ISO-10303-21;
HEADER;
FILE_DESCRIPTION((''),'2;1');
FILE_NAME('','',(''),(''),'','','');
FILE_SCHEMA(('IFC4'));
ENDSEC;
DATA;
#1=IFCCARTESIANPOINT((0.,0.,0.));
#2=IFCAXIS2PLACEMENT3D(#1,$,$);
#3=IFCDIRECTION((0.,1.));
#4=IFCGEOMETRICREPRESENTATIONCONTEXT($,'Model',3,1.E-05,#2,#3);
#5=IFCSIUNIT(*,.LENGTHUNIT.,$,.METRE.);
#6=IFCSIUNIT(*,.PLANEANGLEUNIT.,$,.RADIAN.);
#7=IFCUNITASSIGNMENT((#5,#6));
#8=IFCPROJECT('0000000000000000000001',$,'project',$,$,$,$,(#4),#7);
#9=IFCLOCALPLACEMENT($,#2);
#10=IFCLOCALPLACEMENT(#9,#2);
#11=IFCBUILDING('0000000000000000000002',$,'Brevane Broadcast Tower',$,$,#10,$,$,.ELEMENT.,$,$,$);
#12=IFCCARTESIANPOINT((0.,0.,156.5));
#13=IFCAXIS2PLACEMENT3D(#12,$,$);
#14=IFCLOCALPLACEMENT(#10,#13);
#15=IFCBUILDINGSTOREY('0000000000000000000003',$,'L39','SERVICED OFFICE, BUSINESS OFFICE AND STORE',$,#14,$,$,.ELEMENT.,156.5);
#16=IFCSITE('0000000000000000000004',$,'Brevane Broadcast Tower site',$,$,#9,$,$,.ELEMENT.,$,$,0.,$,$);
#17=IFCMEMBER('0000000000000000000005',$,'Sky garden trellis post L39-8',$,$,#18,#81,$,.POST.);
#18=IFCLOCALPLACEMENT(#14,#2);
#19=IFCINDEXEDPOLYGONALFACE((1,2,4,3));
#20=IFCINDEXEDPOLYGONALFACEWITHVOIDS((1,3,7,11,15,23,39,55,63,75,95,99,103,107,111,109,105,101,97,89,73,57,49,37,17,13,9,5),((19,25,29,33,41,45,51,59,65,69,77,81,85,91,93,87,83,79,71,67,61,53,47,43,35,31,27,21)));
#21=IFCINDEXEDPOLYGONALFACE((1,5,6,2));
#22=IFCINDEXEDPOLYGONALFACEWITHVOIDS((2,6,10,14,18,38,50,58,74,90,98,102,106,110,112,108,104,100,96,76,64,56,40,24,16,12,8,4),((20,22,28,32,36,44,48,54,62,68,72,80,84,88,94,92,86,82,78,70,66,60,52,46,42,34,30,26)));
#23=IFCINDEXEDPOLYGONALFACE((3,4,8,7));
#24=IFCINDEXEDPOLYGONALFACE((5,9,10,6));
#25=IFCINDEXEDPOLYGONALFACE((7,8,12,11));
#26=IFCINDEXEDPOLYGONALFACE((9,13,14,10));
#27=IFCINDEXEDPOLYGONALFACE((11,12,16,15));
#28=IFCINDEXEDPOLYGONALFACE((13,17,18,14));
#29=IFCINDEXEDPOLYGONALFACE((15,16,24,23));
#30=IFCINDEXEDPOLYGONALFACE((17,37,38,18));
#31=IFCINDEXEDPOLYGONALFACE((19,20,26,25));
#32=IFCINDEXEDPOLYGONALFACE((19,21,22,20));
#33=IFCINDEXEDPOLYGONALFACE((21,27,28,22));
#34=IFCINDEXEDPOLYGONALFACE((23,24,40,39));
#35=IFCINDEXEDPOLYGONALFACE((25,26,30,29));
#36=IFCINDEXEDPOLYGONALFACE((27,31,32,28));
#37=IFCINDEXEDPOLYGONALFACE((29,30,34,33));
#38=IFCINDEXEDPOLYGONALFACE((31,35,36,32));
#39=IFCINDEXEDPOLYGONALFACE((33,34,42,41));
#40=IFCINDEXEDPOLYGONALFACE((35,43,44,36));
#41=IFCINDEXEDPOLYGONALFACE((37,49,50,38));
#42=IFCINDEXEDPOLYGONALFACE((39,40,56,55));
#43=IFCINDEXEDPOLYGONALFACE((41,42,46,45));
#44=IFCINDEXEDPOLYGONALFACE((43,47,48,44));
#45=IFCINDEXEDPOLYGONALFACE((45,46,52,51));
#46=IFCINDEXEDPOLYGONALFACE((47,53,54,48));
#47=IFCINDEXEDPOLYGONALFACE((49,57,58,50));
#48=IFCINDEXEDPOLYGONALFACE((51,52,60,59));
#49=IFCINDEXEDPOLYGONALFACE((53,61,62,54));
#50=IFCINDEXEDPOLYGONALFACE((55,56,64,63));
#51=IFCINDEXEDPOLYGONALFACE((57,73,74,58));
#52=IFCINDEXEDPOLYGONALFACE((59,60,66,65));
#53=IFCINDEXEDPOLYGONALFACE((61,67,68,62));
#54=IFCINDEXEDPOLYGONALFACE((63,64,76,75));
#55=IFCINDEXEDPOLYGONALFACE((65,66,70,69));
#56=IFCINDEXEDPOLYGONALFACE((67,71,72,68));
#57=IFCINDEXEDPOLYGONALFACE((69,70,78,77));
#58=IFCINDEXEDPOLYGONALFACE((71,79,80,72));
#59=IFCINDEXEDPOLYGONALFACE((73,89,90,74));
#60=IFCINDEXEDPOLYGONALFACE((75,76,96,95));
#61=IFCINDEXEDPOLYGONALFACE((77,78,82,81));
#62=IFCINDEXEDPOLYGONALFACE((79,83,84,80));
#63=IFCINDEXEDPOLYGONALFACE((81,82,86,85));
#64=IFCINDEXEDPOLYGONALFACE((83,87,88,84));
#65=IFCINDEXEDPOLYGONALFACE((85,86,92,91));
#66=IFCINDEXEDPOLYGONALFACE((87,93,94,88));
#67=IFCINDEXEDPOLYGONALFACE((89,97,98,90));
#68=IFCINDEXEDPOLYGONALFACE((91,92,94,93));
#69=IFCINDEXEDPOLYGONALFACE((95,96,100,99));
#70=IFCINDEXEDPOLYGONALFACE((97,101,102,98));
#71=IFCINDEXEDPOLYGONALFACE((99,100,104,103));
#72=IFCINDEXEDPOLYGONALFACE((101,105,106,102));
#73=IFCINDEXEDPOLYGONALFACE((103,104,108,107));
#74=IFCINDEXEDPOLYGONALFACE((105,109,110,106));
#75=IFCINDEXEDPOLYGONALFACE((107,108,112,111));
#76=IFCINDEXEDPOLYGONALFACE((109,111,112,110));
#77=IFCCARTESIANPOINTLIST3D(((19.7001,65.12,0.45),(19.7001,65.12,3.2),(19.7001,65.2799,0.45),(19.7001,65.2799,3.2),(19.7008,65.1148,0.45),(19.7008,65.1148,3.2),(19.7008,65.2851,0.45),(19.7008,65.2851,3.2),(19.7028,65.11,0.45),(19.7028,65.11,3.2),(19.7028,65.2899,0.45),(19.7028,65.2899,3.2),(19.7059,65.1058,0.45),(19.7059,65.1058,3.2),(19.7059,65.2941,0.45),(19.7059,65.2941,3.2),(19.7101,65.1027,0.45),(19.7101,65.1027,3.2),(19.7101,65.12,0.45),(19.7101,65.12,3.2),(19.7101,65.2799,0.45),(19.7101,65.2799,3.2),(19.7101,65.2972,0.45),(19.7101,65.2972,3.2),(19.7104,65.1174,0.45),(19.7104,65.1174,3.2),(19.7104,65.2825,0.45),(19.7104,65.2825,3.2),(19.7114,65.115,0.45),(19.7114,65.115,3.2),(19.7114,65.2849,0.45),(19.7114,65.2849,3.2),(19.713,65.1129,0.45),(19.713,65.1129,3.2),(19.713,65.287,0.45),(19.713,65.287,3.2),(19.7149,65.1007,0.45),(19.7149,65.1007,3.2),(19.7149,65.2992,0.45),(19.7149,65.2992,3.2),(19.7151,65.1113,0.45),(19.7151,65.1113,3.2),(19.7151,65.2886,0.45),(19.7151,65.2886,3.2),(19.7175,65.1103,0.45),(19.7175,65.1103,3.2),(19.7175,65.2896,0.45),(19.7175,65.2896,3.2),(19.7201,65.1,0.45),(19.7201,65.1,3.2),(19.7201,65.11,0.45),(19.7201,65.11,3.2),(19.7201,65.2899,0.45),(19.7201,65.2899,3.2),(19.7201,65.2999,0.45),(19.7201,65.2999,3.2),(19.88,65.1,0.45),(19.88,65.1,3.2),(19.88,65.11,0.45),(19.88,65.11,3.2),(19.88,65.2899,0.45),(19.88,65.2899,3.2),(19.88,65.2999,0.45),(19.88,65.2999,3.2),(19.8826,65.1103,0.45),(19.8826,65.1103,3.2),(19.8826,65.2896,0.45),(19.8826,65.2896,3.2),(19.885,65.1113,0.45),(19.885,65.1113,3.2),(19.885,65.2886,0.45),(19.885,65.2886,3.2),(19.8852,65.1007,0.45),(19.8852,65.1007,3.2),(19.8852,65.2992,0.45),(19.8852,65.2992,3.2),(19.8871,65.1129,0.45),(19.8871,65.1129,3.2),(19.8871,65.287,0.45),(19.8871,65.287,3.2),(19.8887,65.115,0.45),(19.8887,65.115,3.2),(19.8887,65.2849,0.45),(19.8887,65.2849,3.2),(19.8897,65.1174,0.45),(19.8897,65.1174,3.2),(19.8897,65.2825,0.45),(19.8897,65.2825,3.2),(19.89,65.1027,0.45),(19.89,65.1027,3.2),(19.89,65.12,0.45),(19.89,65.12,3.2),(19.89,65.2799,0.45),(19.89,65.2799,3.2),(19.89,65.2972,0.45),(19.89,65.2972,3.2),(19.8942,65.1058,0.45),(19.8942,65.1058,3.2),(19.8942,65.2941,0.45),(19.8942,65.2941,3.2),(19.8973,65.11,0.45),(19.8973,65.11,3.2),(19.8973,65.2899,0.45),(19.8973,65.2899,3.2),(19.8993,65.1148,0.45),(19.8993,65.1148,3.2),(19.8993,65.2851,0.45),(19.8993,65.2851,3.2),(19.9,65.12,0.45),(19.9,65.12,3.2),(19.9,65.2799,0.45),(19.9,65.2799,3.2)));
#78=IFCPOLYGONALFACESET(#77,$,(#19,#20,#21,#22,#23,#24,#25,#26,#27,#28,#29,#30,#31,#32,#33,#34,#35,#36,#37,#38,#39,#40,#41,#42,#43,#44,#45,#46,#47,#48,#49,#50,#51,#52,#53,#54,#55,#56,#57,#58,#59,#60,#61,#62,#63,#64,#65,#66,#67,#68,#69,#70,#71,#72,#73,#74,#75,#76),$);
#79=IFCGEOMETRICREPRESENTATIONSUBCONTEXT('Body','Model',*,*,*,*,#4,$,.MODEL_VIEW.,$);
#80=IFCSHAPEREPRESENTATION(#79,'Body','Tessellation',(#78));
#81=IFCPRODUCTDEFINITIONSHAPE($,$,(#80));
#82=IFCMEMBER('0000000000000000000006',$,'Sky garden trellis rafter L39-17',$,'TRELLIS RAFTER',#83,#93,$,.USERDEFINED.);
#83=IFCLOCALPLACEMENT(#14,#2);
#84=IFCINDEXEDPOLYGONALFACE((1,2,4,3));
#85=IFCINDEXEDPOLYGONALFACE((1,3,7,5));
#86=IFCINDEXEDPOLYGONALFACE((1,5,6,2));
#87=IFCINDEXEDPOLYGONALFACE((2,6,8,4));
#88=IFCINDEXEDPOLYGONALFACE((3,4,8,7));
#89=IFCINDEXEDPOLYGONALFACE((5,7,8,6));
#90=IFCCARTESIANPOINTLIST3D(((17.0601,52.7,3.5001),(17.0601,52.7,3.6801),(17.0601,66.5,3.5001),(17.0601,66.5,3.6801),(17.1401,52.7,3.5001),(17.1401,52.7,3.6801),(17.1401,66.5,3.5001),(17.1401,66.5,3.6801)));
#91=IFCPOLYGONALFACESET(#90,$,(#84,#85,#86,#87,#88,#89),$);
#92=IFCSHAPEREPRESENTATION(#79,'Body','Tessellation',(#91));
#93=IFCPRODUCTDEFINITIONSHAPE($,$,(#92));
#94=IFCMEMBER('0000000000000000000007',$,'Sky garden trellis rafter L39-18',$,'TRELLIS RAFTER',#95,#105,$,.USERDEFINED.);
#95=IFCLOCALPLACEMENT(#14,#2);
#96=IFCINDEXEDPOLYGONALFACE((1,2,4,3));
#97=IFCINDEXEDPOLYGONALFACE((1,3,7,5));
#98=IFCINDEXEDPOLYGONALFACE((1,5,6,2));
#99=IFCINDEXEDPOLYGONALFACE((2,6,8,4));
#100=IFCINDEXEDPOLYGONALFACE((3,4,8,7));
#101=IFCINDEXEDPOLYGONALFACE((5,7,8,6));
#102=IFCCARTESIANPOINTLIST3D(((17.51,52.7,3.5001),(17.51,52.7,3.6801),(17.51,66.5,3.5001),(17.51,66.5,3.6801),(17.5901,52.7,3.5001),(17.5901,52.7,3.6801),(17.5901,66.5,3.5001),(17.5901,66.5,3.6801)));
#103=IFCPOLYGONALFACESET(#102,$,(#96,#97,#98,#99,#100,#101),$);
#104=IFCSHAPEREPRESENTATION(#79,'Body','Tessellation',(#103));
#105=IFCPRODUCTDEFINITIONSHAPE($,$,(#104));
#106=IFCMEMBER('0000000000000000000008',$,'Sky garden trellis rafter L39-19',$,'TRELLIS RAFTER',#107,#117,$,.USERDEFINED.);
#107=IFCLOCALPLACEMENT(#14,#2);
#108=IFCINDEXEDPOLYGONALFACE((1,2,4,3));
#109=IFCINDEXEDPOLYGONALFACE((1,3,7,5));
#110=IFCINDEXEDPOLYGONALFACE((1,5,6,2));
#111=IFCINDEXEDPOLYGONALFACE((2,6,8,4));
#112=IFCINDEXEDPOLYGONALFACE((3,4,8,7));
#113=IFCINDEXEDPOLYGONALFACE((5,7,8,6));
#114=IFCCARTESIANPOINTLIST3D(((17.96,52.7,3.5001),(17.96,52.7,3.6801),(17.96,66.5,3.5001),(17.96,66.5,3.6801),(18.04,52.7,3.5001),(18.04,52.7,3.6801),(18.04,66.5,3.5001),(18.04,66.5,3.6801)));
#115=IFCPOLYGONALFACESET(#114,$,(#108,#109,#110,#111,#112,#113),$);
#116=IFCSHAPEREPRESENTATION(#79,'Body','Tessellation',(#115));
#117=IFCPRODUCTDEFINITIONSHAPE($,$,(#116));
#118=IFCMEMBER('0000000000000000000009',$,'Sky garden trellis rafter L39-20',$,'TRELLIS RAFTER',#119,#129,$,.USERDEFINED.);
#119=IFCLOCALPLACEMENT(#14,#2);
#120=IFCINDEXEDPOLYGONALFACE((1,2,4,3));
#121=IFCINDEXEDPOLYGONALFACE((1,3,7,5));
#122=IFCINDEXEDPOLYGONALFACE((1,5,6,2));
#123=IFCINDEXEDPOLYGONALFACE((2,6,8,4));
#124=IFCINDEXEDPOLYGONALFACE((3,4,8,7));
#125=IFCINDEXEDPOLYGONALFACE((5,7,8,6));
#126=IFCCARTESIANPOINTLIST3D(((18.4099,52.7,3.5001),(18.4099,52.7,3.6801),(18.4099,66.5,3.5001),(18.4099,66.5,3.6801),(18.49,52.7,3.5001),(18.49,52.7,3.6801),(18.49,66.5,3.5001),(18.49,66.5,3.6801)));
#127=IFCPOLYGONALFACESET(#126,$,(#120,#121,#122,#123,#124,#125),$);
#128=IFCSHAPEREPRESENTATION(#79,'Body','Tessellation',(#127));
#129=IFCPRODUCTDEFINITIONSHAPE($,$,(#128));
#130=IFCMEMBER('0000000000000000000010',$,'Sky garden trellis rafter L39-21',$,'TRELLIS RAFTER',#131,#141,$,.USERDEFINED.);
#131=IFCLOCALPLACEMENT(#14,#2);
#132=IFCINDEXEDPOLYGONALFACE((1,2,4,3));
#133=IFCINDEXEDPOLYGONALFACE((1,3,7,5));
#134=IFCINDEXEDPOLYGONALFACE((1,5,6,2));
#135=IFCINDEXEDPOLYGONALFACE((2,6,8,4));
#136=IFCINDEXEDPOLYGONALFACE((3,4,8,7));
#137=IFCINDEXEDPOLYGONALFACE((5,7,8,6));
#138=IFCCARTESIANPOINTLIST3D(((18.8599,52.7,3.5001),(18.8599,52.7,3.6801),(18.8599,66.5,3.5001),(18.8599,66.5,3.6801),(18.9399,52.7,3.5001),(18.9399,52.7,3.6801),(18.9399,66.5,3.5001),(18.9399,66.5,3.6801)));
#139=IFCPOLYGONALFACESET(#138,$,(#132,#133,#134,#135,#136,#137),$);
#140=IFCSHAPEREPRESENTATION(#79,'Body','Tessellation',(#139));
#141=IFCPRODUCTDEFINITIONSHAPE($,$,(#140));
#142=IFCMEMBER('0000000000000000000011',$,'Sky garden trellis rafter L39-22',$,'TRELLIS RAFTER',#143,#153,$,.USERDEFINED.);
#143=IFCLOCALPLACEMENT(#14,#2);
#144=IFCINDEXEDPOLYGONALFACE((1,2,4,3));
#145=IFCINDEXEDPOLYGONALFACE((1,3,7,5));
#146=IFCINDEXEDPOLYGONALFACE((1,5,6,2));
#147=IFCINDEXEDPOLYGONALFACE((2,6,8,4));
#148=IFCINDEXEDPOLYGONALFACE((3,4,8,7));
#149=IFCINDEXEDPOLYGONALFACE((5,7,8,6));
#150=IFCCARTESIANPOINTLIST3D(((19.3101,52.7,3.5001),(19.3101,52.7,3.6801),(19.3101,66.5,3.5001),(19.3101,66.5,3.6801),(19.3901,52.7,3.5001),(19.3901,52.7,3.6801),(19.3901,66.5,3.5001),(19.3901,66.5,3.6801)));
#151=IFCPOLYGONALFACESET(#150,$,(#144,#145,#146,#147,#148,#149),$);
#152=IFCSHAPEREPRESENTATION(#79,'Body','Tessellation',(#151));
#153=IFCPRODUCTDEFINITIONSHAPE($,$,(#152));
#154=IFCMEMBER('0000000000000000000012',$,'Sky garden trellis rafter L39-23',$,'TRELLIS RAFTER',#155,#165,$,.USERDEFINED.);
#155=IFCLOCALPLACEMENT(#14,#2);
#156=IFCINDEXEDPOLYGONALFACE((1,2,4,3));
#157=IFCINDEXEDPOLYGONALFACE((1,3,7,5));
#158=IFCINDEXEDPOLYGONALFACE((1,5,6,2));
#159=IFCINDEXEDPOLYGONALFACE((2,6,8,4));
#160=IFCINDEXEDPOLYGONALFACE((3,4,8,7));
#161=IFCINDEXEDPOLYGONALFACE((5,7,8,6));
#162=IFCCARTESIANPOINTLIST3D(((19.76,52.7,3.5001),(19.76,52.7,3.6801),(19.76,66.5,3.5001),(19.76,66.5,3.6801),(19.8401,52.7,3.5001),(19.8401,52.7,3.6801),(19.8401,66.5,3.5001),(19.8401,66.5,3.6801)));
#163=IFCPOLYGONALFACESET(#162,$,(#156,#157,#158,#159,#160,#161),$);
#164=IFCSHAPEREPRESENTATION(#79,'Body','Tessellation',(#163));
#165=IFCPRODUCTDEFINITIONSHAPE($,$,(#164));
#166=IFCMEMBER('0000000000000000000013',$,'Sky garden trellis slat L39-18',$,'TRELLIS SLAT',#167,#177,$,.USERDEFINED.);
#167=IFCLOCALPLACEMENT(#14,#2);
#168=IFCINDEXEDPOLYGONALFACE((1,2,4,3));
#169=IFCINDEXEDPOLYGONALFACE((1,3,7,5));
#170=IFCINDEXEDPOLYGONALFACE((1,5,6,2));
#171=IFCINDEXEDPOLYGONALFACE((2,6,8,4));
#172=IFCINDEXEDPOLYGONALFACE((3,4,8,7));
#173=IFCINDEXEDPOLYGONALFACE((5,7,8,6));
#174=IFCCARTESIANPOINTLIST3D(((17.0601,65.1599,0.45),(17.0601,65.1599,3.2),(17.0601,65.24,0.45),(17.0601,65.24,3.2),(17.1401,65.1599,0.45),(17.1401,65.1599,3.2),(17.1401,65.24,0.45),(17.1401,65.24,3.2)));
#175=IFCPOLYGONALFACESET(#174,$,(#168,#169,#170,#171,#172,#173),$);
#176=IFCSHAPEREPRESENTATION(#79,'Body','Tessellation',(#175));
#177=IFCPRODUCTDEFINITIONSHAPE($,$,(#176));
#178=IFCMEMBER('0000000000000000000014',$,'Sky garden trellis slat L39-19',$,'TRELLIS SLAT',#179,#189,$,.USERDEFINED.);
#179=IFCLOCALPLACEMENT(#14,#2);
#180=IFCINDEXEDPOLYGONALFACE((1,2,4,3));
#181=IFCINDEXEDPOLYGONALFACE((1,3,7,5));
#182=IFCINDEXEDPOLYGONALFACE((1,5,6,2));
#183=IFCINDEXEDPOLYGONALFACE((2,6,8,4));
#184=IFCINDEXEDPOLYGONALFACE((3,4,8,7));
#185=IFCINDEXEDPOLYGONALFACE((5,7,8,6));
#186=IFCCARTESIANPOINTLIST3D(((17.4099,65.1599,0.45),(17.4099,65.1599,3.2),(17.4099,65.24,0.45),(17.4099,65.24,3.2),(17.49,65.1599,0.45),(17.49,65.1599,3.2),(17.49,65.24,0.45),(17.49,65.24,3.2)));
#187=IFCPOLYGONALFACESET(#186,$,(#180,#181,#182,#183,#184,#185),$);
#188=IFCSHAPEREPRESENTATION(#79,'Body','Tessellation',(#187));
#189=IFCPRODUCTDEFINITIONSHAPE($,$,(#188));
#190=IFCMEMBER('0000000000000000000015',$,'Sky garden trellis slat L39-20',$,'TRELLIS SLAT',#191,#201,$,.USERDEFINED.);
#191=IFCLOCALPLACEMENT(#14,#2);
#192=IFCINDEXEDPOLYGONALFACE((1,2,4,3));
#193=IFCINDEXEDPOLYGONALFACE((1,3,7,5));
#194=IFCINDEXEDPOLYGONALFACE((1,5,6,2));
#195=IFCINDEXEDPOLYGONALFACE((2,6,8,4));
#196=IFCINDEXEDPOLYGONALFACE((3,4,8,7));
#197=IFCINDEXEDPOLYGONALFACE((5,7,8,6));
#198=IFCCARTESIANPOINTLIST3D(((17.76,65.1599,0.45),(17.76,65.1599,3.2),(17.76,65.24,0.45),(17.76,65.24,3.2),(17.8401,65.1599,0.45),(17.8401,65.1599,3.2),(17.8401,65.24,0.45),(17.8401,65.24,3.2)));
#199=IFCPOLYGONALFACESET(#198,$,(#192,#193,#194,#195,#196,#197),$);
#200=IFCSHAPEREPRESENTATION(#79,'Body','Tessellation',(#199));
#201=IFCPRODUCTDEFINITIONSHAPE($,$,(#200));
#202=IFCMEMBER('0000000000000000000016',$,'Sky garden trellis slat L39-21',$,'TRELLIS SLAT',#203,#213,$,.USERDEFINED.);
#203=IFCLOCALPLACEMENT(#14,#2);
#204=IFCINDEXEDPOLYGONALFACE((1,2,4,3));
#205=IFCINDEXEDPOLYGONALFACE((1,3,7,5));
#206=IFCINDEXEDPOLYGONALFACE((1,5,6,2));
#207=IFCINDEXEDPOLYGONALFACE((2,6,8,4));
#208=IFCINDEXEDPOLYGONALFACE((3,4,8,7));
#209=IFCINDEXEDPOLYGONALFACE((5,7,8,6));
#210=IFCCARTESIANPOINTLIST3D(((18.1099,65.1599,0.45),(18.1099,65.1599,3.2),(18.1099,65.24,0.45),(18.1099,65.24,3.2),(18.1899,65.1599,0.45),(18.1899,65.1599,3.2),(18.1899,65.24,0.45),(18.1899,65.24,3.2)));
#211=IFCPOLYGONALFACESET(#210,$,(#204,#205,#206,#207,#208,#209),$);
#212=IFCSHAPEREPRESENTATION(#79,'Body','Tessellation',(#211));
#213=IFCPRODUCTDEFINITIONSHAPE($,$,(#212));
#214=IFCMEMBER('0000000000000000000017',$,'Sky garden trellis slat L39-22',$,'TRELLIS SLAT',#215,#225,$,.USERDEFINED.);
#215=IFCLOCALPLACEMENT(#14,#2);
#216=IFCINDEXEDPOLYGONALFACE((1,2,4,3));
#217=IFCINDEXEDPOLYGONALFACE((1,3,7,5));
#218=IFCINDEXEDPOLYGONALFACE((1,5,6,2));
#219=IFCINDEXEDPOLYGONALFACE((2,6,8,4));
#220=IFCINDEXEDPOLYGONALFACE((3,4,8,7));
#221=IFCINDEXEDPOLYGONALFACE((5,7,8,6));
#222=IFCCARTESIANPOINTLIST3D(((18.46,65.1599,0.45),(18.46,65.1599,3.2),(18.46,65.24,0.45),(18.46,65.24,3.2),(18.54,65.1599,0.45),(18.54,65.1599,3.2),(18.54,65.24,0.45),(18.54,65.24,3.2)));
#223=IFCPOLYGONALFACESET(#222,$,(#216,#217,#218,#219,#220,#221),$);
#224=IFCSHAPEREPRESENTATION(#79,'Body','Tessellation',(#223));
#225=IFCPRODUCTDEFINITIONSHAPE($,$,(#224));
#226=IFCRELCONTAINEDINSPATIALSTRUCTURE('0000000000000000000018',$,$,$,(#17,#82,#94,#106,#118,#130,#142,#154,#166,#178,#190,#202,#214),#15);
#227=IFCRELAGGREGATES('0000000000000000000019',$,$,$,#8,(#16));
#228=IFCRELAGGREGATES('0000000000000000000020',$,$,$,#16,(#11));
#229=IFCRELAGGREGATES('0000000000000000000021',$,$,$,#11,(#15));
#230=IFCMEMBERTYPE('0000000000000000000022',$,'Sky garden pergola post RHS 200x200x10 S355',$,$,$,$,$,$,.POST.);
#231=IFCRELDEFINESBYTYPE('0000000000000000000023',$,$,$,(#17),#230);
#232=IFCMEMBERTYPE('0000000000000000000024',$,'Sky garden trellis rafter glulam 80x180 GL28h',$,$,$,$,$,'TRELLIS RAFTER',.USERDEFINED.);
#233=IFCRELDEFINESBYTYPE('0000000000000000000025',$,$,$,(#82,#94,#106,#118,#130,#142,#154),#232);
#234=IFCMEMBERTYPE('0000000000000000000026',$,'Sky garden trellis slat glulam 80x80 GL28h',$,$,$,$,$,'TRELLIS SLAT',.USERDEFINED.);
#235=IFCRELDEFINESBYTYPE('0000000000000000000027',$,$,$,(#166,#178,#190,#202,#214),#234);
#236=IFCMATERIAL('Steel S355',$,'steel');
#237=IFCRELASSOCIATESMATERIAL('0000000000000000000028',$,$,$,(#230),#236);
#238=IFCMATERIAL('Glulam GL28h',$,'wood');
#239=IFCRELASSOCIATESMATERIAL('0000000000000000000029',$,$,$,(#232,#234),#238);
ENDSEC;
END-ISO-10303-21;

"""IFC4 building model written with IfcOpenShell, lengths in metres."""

from ifc_helpers import new_model, si_unit, direction, frame, origin, origin_2d, place, context, subcontext, project, spatial, rectangle, hollow_rectangle, extrude, material, material_profile, profile_set, type_object, element, save


model = new_model("IFC4")

# Units and contexts
model_context = context("Model", 3, precision=1e-05, world=origin(), true_north=direction((0.0, 1.0)))
body_context = subcontext(model_context, "Body", "Model", "MODEL_VIEW")
ifc_project = project(units=[si_unit("LENGTHUNIT", "METRE"), si_unit("PLANEANGLEUNIT", "RADIAN")], contexts=[model_context])

# Site, building, storey
site_placement = place(None, origin())
site = spatial("IfcSite", under=ifc_project, at=site_placement, Name="Brevane Broadcast Tower site", CompositionType="ELEMENT", RefElevation=0.0)
building_placement = place(site_placement, origin())
building = spatial("IfcBuilding", under=site, at=building_placement, Name="Brevane Broadcast Tower", CompositionType="ELEMENT")
storey_placement = place(building_placement, frame((0.0, 0.0, 156.5)))
storey = spatial("IfcBuildingStorey", under=building, at=storey_placement, Name="L39", Description="SERVICED OFFICE, BUSINESS OFFICE AND STORE", CompositionType="ELEMENT", Elevation=156.5)

# Members
ifc_material_1 = material(Name="Steel S355", Category="steel")
ifc_material_profile_1 = material_profile(ifc_material_1, hollow_rectangle(XDim=0.2, YDim=0.2, WallThickness=0.01, InnerFilletRadius=0.01, OuterFilletRadius=0.02, at=origin_2d()), Name="RHS 200x200x10")
ifc_profile_set_1 = profile_set([ifc_material_profile_1], Name="Steel S355")
member_type_1 = type_object("IfcMemberType", Name="Sky garden pergola post RHS 200x200x10 S355", PredefinedType="POST", material=ifc_profile_set_1)
for number, where, z_axis, x_axis, name in (
    (1, (19.8, 65.2, 0.45), (0.0, 0.0, 1.0), (1.0, 0.0, 0.0), "Sky garden trellis post L39-8"),
):
    element("IfcMember", number, at=place(storey_placement, frame(where, z_axis=z_axis, x_axis=x_axis)), inside=storey, type_object=member_type_1, Name=name, PredefinedType="POST", context=body_context, shape_type="SweptSolid", body=[
        extrude(hollow_rectangle(XDim=0.2, YDim=0.2, WallThickness=0.01, InnerFilletRadius=0.01, OuterFilletRadius=0.02, at=origin_2d()), origin(), (0.0, 0.0, 1.0), 2.75),
    ])
ifc_material_2 = material(Name="Glulam GL28h", Category="wood")
ifc_material_profile_2 = material_profile(ifc_material_2, rectangle(XDim=0.0801, YDim=0.1799, at=origin_2d()), Name="RECT 80x180")
ifc_profile_set_2 = profile_set([ifc_material_profile_2], Name="Glulam GL28h")
member_type_2 = type_object("IfcMemberType", Name="Sky garden trellis rafter glulam 80x180 GL28h", ElementType="TRELLIS RAFTER", PredefinedType="USERDEFINED", material=ifc_profile_set_2)
for number, where, z_axis, x_axis, name in (
    (2, (17.1001, 52.7, 3.5901), (0.0, 1.0, 0.0), (-1.0, 0.0, 0.0), "Sky garden trellis rafter L39-17"),
    (3, (17.55, 52.7, 3.5901), (0.0, 1.0, 0.0), (-1.0, 0.0, 0.0), "Sky garden trellis rafter L39-18"),
    (4, (18.0, 52.7, 3.5901), (0.0, 1.0, 0.0), (-1.0, 0.0, 0.0), "Sky garden trellis rafter L39-19"),
    (5, (18.45, 52.7, 3.5901), (0.0, 1.0, 0.0), (-1.0, 0.0, 0.0), "Sky garden trellis rafter L39-20"),
    (6, (18.8999, 52.7, 3.5901), (0.0, 1.0, 0.0), (-1.0, 0.0, 0.0), "Sky garden trellis rafter L39-21"),
    (7, (19.3501, 52.7, 3.5901), (0.0, 1.0, 0.0), (-1.0, 0.0, 0.0), "Sky garden trellis rafter L39-22"),
    (8, (19.8, 52.7, 3.5901), (0.0, 1.0, 0.0), (-1.0, 0.0, 0.0), "Sky garden trellis rafter L39-23"),
):
    element("IfcMember", number, at=place(storey_placement, frame(where, z_axis=z_axis, x_axis=x_axis)), inside=storey, type_object=member_type_2, Name=name, ObjectType="TRELLIS RAFTER", PredefinedType="USERDEFINED", context=body_context, shape_type="SweptSolid", body=[
        extrude(rectangle(XDim=0.0801, YDim=0.1799, at=origin_2d()), origin(), (0.0, 0.0, 1.0), 13.8),
    ])
ifc_material_profile_3 = material_profile(ifc_material_2, rectangle(XDim=0.0801, YDim=0.0801, at=origin_2d()), Name="RECT 80x80")
ifc_profile_set_3 = profile_set([ifc_material_profile_3], Name="Glulam GL28h")
member_type_3 = type_object("IfcMemberType", Name="Sky garden trellis slat glulam 80x80 GL28h", ElementType="TRELLIS SLAT", PredefinedType="USERDEFINED", material=ifc_profile_set_3)
for number, where, z_axis, x_axis, name in (
    (9, (17.1001, 65.2, 0.45), (0.0, 0.0, 1.0), (1.0, 0.0, 0.0), "Sky garden trellis slat L39-18"),
    (10, (17.45, 65.2, 0.45), (0.0, 0.0, 1.0), (1.0, 0.0, 0.0), "Sky garden trellis slat L39-19"),
    (11, (17.8, 65.2, 0.45), (0.0, 0.0, 1.0), (1.0, 0.0, 0.0), "Sky garden trellis slat L39-20"),
    (12, (18.1499, 65.2, 0.45), (0.0, 0.0, 1.0), (1.0, 0.0, 0.0), "Sky garden trellis slat L39-21"),
    (13, (18.5, 65.2, 0.45), (0.0, 0.0, 1.0), (1.0, 0.0, 0.0), "Sky garden trellis slat L39-22"),
):
    element("IfcMember", number, at=place(storey_placement, frame(where, z_axis=z_axis, x_axis=x_axis)), inside=storey, type_object=member_type_3, Name=name, ObjectType="TRELLIS SLAT", PredefinedType="USERDEFINED", context=body_context, shape_type="SweptSolid", body=[
        extrude(rectangle(XDim=0.0801, YDim=0.0801, at=origin_2d()), origin(), (0.0, 0.0, 1.0), 2.75),
    ])

save(model, "model.ifc")
